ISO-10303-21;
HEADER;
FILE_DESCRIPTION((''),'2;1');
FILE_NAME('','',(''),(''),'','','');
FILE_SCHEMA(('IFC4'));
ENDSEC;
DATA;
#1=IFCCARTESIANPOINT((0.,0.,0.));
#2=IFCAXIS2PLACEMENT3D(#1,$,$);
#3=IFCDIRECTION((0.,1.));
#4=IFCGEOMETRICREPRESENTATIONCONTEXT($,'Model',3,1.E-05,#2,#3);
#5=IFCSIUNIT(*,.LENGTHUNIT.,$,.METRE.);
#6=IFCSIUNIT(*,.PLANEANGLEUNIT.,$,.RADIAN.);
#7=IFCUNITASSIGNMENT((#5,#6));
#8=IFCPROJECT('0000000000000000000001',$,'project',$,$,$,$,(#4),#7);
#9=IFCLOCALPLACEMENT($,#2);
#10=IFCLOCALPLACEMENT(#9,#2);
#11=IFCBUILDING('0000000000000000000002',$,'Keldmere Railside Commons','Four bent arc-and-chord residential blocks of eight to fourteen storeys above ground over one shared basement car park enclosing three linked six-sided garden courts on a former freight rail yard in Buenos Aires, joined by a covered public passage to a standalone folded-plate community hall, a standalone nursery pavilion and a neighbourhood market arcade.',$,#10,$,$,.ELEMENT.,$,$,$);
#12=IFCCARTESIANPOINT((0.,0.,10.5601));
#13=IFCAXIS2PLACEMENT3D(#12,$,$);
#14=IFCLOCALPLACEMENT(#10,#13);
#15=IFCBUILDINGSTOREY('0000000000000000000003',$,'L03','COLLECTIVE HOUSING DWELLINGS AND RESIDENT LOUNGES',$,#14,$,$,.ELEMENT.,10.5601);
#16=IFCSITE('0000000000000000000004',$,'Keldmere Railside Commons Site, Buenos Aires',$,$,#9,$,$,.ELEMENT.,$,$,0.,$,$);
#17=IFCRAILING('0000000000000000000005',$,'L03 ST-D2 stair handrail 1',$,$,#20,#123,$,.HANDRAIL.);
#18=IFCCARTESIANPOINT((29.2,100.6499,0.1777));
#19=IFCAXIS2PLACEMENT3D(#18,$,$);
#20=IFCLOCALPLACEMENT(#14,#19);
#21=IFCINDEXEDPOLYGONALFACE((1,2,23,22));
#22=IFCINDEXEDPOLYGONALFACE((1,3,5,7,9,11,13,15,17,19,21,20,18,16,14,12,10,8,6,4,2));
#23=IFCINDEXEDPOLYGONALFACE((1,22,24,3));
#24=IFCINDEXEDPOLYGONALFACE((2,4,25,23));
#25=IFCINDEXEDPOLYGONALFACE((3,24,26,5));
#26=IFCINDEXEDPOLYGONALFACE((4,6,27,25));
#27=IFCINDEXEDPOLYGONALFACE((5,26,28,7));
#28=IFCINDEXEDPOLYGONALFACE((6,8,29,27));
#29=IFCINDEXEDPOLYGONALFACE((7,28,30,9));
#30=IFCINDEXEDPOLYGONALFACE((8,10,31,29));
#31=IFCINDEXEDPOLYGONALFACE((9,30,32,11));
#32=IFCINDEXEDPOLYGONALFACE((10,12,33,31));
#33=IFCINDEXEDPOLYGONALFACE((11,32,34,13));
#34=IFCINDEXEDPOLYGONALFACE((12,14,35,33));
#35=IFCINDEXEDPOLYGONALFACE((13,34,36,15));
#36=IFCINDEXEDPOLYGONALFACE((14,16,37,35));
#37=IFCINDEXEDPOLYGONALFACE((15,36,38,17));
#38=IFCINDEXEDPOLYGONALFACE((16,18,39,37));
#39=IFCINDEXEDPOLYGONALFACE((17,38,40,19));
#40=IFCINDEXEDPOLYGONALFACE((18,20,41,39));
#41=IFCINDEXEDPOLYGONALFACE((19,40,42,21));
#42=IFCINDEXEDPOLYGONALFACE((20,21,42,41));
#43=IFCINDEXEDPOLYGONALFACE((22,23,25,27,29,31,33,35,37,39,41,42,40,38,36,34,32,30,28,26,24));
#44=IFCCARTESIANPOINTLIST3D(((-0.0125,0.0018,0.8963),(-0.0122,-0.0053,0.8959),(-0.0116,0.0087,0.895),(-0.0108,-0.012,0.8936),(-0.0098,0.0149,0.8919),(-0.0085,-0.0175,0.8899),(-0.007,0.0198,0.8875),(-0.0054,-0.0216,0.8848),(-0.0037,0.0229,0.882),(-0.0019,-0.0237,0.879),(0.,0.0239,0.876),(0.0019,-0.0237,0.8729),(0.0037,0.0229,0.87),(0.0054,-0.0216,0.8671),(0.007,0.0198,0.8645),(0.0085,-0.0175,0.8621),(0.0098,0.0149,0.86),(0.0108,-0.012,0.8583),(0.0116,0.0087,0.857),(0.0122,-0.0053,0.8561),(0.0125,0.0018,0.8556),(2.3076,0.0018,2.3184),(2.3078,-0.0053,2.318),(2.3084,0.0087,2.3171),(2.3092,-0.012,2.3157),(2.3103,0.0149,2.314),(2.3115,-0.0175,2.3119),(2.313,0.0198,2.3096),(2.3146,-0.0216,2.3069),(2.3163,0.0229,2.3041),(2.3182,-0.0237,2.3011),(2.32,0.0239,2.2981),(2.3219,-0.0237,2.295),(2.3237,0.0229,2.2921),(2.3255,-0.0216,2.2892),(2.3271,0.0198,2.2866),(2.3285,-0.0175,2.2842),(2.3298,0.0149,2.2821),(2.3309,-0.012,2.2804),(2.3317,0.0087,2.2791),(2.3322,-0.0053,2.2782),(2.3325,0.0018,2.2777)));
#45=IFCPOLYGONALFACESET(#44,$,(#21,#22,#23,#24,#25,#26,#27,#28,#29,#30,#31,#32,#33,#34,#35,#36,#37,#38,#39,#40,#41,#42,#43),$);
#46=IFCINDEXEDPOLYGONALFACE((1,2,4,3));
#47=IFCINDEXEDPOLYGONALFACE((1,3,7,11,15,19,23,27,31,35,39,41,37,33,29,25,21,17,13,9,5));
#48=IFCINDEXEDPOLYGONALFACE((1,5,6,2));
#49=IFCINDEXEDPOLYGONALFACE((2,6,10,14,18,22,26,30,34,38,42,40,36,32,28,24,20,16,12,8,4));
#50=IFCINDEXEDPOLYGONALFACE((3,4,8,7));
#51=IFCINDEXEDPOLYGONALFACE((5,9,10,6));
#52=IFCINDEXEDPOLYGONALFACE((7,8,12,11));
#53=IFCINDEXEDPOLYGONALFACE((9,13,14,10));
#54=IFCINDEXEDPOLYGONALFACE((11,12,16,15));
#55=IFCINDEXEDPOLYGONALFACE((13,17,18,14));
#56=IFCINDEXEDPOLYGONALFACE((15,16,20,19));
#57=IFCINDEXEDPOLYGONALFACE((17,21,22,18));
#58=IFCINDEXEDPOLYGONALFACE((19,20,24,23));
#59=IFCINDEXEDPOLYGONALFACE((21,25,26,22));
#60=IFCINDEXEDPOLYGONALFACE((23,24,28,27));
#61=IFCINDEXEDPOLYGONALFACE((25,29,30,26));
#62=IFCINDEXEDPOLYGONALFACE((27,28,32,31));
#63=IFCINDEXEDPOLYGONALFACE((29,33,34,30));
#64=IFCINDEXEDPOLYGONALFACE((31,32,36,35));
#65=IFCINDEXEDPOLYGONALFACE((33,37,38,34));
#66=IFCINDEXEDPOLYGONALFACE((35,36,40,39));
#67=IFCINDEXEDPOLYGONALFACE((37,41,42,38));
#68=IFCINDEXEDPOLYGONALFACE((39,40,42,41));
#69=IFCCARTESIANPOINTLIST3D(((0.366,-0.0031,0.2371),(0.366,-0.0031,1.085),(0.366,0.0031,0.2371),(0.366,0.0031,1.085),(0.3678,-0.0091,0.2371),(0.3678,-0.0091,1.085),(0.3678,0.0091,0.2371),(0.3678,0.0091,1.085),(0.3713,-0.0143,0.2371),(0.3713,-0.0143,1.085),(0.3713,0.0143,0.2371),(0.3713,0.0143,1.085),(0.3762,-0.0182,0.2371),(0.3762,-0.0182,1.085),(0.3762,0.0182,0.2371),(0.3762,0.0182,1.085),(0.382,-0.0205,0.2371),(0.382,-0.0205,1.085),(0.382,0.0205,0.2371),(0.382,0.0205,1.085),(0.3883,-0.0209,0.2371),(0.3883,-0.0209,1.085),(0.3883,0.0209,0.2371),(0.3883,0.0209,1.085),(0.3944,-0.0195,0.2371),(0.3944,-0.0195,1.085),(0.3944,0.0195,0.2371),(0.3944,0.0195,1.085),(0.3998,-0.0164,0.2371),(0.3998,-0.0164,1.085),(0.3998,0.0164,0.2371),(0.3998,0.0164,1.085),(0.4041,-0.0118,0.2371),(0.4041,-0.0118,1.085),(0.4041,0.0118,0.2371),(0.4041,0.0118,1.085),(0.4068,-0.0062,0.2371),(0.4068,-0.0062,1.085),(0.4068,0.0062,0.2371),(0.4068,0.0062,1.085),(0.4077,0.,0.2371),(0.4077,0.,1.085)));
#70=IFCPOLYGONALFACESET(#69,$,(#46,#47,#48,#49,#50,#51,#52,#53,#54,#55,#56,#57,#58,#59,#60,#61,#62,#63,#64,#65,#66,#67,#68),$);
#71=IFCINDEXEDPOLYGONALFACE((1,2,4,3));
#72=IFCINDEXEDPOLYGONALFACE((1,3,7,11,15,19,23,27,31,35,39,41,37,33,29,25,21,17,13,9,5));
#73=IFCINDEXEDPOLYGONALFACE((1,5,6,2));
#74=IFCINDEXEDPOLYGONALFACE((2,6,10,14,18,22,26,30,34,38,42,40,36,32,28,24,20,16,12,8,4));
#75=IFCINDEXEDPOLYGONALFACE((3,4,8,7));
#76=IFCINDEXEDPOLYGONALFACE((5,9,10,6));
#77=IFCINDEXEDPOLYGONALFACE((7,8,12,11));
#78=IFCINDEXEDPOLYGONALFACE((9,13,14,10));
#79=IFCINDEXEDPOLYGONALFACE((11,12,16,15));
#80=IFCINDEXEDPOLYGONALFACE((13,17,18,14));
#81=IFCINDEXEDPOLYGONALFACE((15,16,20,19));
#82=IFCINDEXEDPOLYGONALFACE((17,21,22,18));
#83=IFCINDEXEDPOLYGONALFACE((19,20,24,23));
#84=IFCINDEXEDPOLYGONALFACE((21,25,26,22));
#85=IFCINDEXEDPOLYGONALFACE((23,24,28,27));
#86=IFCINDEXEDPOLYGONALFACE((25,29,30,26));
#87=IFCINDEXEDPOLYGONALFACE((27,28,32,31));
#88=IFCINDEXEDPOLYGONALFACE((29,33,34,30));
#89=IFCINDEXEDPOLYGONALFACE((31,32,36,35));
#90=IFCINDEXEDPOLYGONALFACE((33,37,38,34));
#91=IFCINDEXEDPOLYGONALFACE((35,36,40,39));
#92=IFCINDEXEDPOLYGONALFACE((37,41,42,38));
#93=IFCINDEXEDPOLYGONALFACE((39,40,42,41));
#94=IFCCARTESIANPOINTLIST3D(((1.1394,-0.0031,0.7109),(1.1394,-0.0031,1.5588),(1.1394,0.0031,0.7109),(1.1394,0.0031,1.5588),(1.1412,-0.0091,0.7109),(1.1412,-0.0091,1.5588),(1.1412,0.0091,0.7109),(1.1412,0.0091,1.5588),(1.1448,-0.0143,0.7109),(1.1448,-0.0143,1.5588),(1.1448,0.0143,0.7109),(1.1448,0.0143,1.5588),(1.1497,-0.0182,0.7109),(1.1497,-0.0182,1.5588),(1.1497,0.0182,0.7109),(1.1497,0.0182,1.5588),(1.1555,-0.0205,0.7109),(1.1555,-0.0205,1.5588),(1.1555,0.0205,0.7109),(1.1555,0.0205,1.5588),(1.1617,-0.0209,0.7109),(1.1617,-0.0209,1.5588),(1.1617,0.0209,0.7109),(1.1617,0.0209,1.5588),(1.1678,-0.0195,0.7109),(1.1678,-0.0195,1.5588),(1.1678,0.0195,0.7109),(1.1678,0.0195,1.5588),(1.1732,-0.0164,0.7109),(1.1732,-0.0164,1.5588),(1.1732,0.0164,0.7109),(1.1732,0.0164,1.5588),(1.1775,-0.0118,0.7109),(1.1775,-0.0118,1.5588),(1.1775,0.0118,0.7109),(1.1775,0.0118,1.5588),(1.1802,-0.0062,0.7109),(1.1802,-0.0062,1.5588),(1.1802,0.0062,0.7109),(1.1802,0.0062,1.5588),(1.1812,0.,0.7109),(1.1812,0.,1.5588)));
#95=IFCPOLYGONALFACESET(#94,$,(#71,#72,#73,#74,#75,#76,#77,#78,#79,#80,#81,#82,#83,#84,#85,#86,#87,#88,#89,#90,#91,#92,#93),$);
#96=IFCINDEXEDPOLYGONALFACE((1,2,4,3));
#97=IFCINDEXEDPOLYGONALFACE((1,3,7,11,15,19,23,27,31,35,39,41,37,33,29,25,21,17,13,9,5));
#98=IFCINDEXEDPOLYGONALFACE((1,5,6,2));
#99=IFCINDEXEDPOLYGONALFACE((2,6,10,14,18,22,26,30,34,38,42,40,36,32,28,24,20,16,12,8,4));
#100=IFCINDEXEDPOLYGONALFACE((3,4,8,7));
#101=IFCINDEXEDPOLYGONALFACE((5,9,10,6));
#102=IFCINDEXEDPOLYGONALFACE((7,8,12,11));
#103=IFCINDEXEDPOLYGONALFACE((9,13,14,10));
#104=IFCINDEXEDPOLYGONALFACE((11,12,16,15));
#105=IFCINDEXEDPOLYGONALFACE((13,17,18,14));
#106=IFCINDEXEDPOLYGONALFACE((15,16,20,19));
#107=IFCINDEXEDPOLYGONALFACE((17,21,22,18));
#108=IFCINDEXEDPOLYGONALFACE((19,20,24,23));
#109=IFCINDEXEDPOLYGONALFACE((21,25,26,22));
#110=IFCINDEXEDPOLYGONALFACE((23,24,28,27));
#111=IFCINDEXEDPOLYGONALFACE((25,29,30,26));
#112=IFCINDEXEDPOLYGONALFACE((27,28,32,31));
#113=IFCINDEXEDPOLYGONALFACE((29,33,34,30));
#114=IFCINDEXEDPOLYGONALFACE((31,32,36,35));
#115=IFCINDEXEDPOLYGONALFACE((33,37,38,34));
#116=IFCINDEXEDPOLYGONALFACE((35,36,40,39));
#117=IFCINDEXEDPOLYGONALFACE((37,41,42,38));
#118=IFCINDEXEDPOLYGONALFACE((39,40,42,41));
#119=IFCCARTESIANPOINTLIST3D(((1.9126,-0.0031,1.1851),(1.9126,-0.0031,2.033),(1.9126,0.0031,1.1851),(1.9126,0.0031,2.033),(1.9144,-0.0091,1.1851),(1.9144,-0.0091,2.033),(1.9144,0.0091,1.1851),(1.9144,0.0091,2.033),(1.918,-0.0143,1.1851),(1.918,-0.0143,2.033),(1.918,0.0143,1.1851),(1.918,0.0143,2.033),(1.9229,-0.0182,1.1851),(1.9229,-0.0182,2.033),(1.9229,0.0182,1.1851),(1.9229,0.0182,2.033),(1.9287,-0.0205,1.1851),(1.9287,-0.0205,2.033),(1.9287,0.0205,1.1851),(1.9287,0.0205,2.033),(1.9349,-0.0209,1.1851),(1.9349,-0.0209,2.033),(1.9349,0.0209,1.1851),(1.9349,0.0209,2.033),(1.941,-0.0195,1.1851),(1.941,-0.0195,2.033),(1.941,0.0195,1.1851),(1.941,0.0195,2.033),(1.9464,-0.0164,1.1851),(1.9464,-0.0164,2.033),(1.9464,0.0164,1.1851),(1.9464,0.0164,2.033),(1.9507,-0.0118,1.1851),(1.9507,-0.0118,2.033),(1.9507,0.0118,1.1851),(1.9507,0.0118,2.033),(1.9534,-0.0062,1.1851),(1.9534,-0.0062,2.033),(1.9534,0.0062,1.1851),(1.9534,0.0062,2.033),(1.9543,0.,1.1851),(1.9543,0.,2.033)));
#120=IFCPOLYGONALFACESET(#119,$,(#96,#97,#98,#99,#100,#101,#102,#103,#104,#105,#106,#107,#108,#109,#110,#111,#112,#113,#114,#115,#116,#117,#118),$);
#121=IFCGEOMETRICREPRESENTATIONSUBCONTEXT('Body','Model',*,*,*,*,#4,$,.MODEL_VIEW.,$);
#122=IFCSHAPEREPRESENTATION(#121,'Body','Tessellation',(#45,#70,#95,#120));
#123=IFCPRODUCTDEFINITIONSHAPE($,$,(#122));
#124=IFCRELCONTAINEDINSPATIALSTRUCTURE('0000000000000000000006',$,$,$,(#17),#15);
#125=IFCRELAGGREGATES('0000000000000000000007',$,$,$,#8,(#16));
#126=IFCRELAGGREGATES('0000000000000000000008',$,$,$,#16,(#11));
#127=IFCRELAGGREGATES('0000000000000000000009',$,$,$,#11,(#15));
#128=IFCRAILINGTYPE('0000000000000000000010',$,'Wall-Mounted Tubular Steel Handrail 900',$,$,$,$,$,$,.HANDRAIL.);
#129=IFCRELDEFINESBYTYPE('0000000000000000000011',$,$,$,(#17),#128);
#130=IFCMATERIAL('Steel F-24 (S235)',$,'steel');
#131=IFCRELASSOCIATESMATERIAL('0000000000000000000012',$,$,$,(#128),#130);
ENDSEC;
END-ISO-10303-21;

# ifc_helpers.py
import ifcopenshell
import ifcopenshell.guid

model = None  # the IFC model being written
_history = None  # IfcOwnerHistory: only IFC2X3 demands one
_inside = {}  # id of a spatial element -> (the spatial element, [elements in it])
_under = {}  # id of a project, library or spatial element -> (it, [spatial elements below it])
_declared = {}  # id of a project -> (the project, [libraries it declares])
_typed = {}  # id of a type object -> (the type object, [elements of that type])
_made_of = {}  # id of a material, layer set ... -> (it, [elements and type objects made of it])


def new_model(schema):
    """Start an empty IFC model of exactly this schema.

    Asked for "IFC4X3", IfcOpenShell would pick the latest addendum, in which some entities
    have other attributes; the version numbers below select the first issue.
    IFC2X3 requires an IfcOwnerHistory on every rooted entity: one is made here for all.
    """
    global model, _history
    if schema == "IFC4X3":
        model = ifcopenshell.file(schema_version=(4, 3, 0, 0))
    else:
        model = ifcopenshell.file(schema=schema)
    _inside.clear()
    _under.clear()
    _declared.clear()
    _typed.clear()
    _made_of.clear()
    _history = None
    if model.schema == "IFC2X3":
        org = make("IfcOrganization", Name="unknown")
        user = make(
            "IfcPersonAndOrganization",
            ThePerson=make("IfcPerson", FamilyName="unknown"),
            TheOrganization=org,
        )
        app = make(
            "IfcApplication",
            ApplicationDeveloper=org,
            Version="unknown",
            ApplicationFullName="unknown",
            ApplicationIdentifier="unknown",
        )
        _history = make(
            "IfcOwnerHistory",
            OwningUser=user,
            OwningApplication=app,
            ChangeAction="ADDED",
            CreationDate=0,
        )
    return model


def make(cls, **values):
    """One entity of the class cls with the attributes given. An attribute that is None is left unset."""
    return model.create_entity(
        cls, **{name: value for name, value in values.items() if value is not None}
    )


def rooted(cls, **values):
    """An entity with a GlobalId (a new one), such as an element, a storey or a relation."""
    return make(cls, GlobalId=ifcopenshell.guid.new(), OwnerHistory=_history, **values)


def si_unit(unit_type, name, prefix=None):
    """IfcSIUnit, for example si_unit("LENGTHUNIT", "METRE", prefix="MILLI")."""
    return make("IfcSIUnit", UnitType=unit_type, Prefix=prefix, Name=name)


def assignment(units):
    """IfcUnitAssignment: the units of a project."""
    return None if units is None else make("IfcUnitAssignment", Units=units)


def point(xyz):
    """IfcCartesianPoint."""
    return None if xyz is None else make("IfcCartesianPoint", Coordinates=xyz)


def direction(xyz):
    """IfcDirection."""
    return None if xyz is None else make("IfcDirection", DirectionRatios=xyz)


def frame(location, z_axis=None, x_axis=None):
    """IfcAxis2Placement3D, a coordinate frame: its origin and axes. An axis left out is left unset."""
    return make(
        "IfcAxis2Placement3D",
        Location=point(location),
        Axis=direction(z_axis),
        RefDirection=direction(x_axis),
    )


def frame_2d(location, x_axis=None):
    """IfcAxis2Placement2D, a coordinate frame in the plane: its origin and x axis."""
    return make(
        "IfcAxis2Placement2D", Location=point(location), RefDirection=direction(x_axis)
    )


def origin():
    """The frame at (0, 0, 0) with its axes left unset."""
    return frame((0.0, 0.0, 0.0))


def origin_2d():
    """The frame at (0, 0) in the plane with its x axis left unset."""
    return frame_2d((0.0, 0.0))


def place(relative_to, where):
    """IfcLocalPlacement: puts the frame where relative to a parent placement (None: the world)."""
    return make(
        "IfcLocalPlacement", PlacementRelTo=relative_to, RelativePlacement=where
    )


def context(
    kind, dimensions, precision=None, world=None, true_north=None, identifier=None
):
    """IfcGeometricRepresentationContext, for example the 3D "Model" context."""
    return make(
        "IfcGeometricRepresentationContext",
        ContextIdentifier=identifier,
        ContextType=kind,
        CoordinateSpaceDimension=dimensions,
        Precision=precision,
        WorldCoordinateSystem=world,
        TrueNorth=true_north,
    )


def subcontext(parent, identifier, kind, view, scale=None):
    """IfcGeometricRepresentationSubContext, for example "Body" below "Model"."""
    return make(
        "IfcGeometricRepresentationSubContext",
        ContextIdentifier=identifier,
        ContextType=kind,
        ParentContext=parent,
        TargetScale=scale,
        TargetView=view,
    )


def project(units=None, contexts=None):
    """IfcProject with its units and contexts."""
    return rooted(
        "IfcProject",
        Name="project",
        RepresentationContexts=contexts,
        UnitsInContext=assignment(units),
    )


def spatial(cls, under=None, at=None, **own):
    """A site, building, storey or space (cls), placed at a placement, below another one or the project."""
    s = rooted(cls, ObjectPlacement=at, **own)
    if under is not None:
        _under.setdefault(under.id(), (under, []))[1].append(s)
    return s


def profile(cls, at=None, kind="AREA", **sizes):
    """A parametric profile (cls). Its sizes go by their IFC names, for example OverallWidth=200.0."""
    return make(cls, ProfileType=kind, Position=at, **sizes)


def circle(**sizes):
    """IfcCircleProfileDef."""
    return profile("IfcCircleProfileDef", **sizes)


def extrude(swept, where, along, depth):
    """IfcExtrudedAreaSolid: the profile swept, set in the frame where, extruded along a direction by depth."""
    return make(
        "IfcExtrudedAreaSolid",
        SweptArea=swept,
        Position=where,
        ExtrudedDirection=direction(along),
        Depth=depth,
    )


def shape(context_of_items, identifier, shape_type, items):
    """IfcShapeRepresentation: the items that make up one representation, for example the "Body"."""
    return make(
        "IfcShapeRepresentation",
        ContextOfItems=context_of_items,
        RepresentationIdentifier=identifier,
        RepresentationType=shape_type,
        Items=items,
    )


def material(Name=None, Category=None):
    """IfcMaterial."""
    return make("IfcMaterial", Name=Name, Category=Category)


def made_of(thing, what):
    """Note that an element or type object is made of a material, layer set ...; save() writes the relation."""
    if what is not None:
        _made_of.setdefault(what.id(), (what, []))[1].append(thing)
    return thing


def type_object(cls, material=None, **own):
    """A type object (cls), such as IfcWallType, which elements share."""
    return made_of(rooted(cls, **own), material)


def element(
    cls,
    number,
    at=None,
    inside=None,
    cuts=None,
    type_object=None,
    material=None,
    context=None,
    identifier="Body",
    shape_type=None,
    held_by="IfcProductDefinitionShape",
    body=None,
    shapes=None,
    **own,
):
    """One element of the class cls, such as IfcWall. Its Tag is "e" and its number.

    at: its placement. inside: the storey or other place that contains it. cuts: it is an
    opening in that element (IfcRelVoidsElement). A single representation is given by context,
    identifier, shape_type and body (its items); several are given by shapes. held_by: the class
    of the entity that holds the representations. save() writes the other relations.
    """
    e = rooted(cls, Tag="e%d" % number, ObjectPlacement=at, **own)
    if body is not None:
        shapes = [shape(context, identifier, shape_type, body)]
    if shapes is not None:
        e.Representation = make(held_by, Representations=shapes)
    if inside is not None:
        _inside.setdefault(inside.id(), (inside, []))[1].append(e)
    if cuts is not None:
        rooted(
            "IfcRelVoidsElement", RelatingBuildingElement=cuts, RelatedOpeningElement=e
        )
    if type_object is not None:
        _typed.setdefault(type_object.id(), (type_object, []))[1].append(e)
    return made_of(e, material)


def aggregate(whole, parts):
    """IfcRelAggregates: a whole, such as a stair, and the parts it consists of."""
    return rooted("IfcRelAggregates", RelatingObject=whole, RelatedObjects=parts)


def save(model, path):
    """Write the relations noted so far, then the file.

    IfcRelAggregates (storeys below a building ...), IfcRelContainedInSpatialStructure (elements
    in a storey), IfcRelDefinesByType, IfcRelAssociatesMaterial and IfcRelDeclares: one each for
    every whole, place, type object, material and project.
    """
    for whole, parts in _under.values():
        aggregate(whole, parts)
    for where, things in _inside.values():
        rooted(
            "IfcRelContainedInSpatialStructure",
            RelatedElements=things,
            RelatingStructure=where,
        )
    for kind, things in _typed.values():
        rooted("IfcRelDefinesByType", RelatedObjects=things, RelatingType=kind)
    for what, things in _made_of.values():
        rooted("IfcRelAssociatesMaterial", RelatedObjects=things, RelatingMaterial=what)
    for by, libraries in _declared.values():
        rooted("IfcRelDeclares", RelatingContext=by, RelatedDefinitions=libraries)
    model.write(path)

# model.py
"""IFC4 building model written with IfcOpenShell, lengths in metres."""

from ifc_helpers import new_model, si_unit, direction, frame, origin, origin_2d, place, context, subcontext, project, spatial, circle, extrude, material, type_object, element, save


model = new_model("IFC4")

# Units and contexts
model_context = context("Model", 3, precision=1e-05, world=origin(), true_north=direction((0.0, 1.0)))
body_context = subcontext(model_context, "Body", "Model", "MODEL_VIEW")
ifc_project = project(units=[si_unit("LENGTHUNIT", "METRE"), si_unit("PLANEANGLEUNIT", "RADIAN")], contexts=[model_context])

# Site, building, storey
site_placement = place(None, origin())
site = spatial("IfcSite", under=ifc_project, at=site_placement, Name="Keldmere Railside Commons Site, Buenos Aires", CompositionType="ELEMENT", RefElevation=0.0)
building_placement = place(site_placement, origin())
building = spatial("IfcBuilding", under=site, at=building_placement, Name="Keldmere Railside Commons", Description="Four bent arc-and-chord residential blocks of eight to fourteen storeys above ground over one shared basement car park enclosing three linked six-sided garden courts on a former freight rail yard in Buenos Aires, joined by a covered public passage to a standalone folded-plate community hall, a standalone nursery pavilion and a neighbourhood market arcade.", CompositionType="ELEMENT")
storey_placement = place(building_placement, frame((0.0, 0.0, 10.5601)))
storey = spatial("IfcBuildingStorey", under=building, at=storey_placement, Name="L03", Description="COLLECTIVE HOUSING DWELLINGS AND RESIDENT LOUNGES", CompositionType="ELEMENT", Elevation=10.5601)

# Railing
ifc_material_1 = material(Name="Steel F-24 (S235)", Category="steel")
railing_type_1 = type_object("IfcRailingType", Name="Wall-Mounted Tubular Steel Handrail 900", PredefinedType="HANDRAIL", material=ifc_material_1)
railing_1_placement = place(storey_placement, frame((29.2, 100.6499, 0.1777)))
element("IfcRailing", 1, at=railing_1_placement, inside=storey, type_object=railing_type_1, Name="L03 ST-D2 stair handrail 1", PredefinedType="HANDRAIL", context=body_context, shape_type="SweptSolid", body=[
    extrude(circle(Radius=0.0239, at=origin_2d()), frame((0.0, 0.0, 0.876), z_axis=(0.852578, 0.0, 0.5226), x_axis=(0.0, 1.0, 0.0)), (0.0, 0.0, 1.0), 2.7212),
    extrude(circle(Radius=0.021, at=origin_2d()), frame((0.3867, 0.0, 0.2371)), (0.0, 0.0, 1.0), 0.8479),
    extrude(circle(Radius=0.021, at=origin_2d()), frame((1.1602, 0.0, 0.7109)), (0.0, 0.0, 1.0), 0.8479),
    extrude(circle(Radius=0.021, at=origin_2d()), frame((1.9333, 0.0, 1.1851)), (0.0, 0.0, 1.0), 0.8479),
])

save(model, "model.ifc")
